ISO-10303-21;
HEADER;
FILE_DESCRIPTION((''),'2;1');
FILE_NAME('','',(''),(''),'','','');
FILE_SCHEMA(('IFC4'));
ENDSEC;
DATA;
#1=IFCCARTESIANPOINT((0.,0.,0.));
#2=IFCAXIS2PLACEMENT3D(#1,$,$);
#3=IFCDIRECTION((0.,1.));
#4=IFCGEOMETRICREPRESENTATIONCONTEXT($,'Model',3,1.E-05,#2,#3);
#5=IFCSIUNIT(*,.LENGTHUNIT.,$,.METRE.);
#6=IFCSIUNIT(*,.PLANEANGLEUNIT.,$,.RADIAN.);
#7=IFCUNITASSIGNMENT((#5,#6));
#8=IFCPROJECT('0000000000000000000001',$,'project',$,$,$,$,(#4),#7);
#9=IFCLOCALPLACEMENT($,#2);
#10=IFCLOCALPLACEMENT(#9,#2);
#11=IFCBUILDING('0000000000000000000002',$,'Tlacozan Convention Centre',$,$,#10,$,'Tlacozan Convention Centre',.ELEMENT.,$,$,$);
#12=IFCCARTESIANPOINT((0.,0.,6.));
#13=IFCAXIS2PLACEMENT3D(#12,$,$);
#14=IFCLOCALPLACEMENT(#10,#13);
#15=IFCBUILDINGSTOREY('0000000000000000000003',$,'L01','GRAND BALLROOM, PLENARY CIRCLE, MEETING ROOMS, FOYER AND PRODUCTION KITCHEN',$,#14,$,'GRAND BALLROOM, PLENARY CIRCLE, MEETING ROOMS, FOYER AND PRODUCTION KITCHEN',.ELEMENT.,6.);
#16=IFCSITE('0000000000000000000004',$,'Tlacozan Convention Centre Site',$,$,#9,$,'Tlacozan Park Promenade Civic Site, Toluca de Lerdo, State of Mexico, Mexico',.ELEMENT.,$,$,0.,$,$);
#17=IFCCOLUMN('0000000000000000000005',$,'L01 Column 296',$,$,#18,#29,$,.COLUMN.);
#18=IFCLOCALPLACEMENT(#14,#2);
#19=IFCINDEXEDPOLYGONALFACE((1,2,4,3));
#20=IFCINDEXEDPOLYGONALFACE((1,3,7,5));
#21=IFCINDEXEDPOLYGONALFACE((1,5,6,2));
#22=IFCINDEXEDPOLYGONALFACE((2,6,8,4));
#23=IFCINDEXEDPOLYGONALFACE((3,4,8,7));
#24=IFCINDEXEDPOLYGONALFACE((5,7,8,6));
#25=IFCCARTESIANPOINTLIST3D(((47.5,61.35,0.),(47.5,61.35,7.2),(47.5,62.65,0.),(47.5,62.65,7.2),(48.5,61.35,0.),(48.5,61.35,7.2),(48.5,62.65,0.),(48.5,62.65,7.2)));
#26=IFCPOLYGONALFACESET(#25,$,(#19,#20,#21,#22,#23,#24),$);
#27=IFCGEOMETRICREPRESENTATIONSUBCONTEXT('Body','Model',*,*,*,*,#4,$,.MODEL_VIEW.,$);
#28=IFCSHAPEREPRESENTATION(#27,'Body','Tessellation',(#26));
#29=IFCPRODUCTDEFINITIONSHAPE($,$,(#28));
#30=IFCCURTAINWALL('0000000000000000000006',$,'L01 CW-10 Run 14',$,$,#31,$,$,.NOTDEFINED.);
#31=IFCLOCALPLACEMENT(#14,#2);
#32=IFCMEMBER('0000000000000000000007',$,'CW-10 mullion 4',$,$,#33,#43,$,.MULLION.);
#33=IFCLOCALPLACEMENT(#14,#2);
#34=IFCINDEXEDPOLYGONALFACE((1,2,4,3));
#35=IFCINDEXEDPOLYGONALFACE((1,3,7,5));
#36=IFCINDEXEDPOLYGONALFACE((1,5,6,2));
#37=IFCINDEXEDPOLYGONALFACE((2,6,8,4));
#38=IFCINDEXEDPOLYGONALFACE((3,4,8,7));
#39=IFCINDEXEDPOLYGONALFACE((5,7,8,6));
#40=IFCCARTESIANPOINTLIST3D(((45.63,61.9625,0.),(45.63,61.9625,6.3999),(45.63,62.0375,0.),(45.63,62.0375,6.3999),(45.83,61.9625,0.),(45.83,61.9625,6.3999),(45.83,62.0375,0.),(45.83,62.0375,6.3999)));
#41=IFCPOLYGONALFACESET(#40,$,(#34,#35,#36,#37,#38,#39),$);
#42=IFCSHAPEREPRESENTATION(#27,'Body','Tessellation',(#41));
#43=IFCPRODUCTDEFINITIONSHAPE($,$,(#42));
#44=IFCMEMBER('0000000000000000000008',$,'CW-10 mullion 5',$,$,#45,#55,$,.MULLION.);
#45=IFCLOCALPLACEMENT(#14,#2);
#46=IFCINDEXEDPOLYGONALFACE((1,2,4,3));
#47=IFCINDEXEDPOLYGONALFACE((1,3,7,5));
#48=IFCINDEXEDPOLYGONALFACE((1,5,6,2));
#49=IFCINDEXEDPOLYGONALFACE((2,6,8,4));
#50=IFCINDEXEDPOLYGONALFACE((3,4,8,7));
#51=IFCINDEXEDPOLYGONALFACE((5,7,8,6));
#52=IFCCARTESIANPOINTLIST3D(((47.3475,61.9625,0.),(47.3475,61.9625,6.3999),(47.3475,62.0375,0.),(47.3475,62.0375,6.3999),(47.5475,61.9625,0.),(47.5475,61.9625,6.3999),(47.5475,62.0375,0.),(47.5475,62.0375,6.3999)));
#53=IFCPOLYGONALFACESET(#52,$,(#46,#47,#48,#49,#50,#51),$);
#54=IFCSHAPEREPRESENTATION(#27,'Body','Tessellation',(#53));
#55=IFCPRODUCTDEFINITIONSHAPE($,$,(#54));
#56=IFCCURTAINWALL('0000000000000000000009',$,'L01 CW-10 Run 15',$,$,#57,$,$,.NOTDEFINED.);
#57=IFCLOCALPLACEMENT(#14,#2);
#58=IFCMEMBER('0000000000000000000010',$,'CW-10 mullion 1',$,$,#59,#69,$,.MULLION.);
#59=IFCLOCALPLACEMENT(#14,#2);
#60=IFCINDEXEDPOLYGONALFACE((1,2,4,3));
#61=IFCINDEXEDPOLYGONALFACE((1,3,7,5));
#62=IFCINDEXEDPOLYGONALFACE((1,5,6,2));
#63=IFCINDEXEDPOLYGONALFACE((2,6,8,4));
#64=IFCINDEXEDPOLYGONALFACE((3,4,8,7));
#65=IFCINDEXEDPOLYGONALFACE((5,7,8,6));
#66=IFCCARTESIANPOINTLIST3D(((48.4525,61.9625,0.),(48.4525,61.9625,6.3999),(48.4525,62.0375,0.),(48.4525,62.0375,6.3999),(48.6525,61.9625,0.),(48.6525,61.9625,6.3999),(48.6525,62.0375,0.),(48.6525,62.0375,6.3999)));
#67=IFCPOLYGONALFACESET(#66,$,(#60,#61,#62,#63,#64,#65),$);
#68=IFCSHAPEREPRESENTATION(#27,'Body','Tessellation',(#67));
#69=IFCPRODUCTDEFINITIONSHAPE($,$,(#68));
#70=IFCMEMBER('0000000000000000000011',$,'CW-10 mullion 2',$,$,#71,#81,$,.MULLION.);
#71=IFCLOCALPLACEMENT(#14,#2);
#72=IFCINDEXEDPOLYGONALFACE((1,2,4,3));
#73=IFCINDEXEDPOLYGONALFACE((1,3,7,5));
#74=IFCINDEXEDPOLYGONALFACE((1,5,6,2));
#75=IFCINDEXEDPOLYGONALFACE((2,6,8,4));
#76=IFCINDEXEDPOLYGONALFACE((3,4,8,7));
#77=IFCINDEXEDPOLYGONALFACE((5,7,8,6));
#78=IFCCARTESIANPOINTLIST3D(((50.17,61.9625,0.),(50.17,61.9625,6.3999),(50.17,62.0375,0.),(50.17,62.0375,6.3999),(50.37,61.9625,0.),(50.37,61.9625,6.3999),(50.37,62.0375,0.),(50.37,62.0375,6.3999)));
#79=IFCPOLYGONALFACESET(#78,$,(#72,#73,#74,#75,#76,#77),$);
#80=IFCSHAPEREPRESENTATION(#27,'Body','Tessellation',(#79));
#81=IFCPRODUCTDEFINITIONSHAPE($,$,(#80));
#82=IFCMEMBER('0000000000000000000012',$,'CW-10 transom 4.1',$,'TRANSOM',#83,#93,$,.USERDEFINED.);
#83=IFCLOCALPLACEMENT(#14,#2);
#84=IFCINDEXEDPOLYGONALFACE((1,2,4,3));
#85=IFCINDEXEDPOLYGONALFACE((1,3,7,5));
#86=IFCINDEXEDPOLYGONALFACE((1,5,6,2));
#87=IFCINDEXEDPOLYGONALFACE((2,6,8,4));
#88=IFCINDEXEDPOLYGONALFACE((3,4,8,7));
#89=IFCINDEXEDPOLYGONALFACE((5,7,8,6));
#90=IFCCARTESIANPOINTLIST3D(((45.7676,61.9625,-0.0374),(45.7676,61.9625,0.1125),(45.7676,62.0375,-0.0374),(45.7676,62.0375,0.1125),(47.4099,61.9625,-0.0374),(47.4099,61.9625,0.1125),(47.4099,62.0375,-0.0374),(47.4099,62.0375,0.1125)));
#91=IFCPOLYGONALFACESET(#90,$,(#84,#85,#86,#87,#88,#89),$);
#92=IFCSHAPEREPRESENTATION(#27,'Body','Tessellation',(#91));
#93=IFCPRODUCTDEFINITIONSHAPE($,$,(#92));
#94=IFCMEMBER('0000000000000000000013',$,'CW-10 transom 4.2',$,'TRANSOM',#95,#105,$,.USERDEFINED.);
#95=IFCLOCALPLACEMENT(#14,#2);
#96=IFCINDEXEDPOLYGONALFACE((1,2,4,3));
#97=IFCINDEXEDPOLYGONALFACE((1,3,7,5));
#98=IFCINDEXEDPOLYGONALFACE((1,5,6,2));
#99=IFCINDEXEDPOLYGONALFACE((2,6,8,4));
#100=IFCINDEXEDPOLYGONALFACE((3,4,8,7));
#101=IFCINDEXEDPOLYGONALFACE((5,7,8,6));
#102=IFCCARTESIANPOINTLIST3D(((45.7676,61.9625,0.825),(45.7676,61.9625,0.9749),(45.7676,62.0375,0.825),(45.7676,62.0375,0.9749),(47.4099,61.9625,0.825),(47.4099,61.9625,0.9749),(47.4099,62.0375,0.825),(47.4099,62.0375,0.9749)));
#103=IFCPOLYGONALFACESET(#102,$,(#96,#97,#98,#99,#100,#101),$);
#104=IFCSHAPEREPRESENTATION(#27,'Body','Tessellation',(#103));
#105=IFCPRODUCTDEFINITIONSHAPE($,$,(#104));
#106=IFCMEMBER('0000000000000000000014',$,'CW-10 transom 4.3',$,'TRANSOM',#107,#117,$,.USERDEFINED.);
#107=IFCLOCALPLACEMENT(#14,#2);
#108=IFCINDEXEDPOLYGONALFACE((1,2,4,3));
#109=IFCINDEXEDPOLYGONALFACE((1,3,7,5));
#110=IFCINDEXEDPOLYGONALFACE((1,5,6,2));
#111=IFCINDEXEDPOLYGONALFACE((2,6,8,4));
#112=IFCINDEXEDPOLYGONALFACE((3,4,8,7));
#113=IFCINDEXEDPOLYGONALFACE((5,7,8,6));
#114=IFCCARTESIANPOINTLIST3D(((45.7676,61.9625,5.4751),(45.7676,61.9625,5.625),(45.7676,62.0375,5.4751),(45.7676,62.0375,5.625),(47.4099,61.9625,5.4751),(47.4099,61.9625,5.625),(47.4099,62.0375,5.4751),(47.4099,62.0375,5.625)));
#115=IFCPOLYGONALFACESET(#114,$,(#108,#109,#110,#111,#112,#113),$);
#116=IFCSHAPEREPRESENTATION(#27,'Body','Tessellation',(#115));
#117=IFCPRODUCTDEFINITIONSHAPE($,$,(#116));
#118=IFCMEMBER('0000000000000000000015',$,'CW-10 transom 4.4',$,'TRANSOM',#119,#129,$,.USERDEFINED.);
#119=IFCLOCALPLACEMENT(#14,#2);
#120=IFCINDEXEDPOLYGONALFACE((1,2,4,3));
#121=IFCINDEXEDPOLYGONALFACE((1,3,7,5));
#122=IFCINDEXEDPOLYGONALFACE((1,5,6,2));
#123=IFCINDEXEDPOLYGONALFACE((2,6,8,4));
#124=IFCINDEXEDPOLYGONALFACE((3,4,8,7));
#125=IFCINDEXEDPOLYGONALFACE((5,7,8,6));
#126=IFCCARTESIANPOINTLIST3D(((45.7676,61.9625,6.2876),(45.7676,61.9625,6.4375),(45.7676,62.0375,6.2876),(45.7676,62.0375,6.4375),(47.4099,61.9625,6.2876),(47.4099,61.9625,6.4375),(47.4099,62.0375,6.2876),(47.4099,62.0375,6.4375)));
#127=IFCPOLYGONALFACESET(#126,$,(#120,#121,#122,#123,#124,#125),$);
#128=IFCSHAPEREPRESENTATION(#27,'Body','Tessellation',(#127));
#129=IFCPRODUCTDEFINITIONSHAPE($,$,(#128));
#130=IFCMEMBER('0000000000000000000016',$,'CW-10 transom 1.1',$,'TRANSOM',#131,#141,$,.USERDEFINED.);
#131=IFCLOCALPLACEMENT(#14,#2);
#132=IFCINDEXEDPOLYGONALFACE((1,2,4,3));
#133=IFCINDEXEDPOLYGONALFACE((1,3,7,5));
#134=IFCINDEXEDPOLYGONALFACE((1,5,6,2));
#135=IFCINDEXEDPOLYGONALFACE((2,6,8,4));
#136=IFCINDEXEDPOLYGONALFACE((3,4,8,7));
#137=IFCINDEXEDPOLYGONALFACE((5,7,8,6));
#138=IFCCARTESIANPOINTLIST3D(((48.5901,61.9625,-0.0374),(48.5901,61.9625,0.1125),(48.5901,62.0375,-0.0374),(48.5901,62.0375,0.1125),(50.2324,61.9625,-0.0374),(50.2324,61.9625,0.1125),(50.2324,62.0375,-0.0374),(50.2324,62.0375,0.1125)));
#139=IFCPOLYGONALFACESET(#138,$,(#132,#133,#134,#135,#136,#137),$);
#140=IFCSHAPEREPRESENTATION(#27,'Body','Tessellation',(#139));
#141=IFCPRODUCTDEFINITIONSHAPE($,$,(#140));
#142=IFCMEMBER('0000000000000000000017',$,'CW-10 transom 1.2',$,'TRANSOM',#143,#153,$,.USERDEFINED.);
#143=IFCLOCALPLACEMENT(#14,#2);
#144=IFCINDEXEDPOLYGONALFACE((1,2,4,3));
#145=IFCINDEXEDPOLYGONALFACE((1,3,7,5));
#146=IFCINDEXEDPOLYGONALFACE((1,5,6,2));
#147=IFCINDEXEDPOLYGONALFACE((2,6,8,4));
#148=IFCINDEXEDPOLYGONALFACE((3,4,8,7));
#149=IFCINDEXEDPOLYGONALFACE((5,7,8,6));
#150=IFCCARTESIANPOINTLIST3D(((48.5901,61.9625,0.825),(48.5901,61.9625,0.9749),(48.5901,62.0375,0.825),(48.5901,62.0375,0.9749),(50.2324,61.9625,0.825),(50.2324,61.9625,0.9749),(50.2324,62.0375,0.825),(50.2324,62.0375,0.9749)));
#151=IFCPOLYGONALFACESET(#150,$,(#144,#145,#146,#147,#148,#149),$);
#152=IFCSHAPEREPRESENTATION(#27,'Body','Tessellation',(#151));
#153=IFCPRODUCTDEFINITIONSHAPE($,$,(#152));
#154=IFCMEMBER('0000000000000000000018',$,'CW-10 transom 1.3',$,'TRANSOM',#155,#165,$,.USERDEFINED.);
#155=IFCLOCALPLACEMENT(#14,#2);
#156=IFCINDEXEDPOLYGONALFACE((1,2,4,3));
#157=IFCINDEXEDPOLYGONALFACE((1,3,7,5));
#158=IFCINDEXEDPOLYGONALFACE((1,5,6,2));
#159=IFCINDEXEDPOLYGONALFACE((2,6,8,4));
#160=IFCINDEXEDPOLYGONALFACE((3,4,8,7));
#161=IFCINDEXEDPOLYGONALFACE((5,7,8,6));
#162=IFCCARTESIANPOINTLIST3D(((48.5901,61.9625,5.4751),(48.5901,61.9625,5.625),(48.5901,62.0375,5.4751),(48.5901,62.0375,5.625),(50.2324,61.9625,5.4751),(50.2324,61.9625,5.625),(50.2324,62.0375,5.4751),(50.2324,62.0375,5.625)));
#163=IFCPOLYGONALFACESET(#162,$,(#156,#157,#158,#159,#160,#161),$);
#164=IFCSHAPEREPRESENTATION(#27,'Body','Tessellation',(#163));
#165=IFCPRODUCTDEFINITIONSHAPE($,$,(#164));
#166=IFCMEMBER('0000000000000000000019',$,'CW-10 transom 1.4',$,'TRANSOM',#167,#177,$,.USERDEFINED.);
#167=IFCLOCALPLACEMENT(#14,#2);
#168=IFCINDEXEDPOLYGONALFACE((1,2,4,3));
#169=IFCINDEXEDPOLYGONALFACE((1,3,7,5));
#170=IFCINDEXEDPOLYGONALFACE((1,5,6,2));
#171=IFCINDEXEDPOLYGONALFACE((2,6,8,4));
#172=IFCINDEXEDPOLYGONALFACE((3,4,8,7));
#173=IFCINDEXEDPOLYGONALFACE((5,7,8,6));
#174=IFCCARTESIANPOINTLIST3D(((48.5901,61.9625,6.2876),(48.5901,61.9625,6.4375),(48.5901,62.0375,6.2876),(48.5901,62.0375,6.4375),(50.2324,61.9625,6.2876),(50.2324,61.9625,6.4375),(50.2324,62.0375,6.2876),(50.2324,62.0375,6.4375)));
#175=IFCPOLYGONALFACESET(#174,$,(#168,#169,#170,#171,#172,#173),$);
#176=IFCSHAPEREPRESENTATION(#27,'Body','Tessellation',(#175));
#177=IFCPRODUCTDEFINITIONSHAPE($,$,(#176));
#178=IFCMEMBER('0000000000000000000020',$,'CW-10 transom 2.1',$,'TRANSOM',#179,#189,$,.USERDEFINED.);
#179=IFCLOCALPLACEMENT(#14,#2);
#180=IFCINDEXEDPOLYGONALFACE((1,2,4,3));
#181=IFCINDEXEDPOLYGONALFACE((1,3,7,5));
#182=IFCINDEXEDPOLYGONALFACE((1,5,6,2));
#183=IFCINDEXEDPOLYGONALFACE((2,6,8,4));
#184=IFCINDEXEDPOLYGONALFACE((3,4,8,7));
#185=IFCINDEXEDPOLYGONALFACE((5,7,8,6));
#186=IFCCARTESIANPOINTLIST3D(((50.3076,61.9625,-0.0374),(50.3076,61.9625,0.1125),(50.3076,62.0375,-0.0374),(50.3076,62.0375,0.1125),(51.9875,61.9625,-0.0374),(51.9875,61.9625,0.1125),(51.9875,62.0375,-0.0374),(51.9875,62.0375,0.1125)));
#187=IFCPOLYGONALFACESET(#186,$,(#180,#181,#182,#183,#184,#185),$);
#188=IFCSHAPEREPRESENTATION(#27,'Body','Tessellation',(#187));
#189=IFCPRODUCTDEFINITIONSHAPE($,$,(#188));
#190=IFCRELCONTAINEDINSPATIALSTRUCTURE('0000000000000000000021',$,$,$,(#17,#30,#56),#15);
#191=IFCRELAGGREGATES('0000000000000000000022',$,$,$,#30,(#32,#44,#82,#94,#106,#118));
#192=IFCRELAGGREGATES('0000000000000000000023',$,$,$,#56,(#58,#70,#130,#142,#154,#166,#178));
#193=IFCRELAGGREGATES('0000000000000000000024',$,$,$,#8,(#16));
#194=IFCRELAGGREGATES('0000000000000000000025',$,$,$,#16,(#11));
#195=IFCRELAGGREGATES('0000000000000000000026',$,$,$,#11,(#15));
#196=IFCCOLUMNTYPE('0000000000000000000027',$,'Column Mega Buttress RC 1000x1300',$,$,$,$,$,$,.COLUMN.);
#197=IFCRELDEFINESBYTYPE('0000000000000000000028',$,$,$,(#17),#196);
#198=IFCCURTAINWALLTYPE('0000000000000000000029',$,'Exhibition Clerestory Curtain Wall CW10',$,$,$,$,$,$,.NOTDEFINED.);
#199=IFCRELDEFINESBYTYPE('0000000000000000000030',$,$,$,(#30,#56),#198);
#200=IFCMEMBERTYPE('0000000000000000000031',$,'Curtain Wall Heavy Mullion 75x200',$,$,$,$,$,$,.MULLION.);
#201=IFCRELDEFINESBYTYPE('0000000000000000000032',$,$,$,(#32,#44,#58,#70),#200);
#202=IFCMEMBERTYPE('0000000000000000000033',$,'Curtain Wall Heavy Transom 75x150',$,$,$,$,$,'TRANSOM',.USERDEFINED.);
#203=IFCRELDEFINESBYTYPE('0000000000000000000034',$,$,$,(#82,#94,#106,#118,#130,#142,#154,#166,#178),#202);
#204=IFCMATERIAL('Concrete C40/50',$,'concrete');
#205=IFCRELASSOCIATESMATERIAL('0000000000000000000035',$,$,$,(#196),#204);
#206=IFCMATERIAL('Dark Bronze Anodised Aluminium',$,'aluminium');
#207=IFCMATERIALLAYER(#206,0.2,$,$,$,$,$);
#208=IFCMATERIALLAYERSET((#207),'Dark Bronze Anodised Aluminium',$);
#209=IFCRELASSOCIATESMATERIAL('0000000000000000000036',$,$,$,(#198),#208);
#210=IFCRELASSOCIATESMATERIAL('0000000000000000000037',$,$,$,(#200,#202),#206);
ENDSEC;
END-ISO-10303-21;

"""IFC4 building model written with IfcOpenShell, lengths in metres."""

from ifc_helpers import new_model, si_unit, direction, frame, origin, origin_2d, place, context, subcontext, project, spatial, rectangle, extrude, material, layer, layer_set, material_profile, profile_set, type_object, element, aggregate, save


model = new_model("IFC4")

# Units and contexts
model_context = context("Model", 3, precision=1e-05, world=origin(), true_north=direction((0.0, 1.0)))
body_context = subcontext(model_context, "Body", "Model", "MODEL_VIEW")
ifc_project = project(units=[si_unit("LENGTHUNIT", "METRE"), si_unit("PLANEANGLEUNIT", "RADIAN")], contexts=[model_context])

# Site, building, storey
site_placement = place(None, origin())
site = spatial("IfcSite", under=ifc_project, at=site_placement, Name="Tlacozan Convention Centre Site", LongName="Tlacozan Park Promenade Civic Site, Toluca de Lerdo, State of Mexico, Mexico", CompositionType="ELEMENT", RefElevation=0.0)
building_placement = place(site_placement, origin())
building = spatial("IfcBuilding", under=site, at=building_placement, Name="Tlacozan Convention Centre", LongName="Tlacozan Convention Centre", CompositionType="ELEMENT")
storey_placement = place(building_placement, frame((0.0, 0.0, 6.0)))
storey = spatial("IfcBuildingStorey", under=building, at=storey_placement, Name="L01", Description="GRAND BALLROOM, PLENARY CIRCLE, MEETING ROOMS, FOYER AND PRODUCTION KITCHEN", LongName="GRAND BALLROOM, PLENARY CIRCLE, MEETING ROOMS, FOYER AND PRODUCTION KITCHEN", CompositionType="ELEMENT", Elevation=6.0)

# Column
ifc_material_1 = material(Name="Concrete C40/50", Category="concrete")
ifc_material_profile_1 = material_profile(ifc_material_1, rectangle(XDim=1.0, YDim=1.3, at=origin_2d()), Name="RC 1000x1300")
ifc_profile_set_1 = profile_set([ifc_material_profile_1], Name="Concrete C40/50")
column_type = type_object("IfcColumnType", Name="Column Mega Buttress RC 1000x1300", PredefinedType="COLUMN", material=ifc_profile_set_1)
column_placement = place(storey_placement, frame((48.0, 62.0, 0.0), z_axis=(0.0, 0.0, 1.0), x_axis=(1.0, 0.0, 0.0)))
element("IfcColumn", 1, at=column_placement, inside=storey, type_object=column_type, Name="L01 Column 296", PredefinedType="COLUMN", context=body_context, shape_type="SweptSolid", body=[
    extrude(rectangle(XDim=1.0, YDim=1.3, at=origin_2d()), origin(), (0.0, 0.0, 1.0), 7.2),
])

# Curtain walls, members
ifc_material_2 = material(Name="Dark Bronze Anodised Aluminium", Category="aluminium")
ifc_layer_1 = layer(ifc_material_2, 0.2)
ifc_layer_set_1 = layer_set([ifc_layer_1], Name="Dark Bronze Anodised Aluminium")
curtain_wall_type = type_object("IfcCurtainWallType", Name="Exhibition Clerestory Curtain Wall CW10", PredefinedType="NOTDEFINED", material=ifc_layer_set_1)
curtain_wall_1_placement = place(storey_placement, origin())
curtain_wall_1 = element("IfcCurtainWall", 2, at=curtain_wall_1_placement, inside=storey, type_object=curtain_wall_type, Name="L01 CW-10 Run 14", PredefinedType="NOTDEFINED")
ifc_material_profile_2 = material_profile(ifc_material_2, rectangle(XDim=0.075, YDim=0.2, at=origin_2d()), Name="ALU 75x200")
ifc_profile_set_2 = profile_set([ifc_material_profile_2], Name="Dark Bronze Anodised Aluminium")
member_type_1 = type_object("IfcMemberType", Name="Curtain Wall Heavy Mullion 75x200", PredefinedType="MULLION", material=ifc_profile_set_2)
member_1_placement = place(storey_placement, frame((45.73, 62.0, 0.0), z_axis=(0.0, 0.0, 1.0), x_axis=(0.0, 1.0, 0.0)))
member_1 = element("IfcMember", 3, at=member_1_placement, type_object=member_type_1, Name="CW-10 mullion 4", PredefinedType="MULLION", context=body_context, shape_type="SweptSolid", body=[
    extrude(rectangle(XDim=0.075, YDim=0.2, at=origin_2d()), origin(), (0.0, 0.0, 1.0), 6.3999),
])
member_2_placement = place(storey_placement, frame((47.4475, 62.0, 0.0), z_axis=(0.0, 0.0, 1.0), x_axis=(0.0, 1.0, 0.0)))
member_2 = element("IfcMember", 4, at=member_2_placement, type_object=member_type_1, Name="CW-10 mullion 5", PredefinedType="MULLION", context=body_context, shape_type="SweptSolid", body=[
    extrude(rectangle(XDim=0.075, YDim=0.2, at=origin_2d()), origin(), (0.0, 0.0, 1.0), 6.3999),
])
curtain_wall_2_placement = place(storey_placement, origin())
curtain_wall_2 = element("IfcCurtainWall", 5, at=curtain_wall_2_placement, inside=storey, type_object=curtain_wall_type, Name="L01 CW-10 Run 15", PredefinedType="NOTDEFINED")
member_3_placement = place(storey_placement, frame((48.5525, 62.0, 0.0), z_axis=(0.0, 0.0, 1.0), x_axis=(0.0, 1.0, 0.0)))
member_3 = element("IfcMember", 6, at=member_3_placement, type_object=member_type_1, Name="CW-10 mullion 1", PredefinedType="MULLION", context=body_context, shape_type="SweptSolid", body=[
    extrude(rectangle(XDim=0.075, YDim=0.2, at=origin_2d()), origin(), (0.0, 0.0, 1.0), 6.3999),
])
member_4_placement = place(storey_placement, frame((50.27, 62.0, 0.0), z_axis=(0.0, 0.0, 1.0), x_axis=(0.0, 1.0, 0.0)))
member_4 = element("IfcMember", 7, at=member_4_placement, type_object=member_type_1, Name="CW-10 mullion 2", PredefinedType="MULLION", context=body_context, shape_type="SweptSolid", body=[
    extrude(rectangle(XDim=0.075, YDim=0.2, at=origin_2d()), origin(), (0.0, 0.0, 1.0), 6.3999),
])

# Members
ifc_material_profile_3 = material_profile(ifc_material_2, rectangle(XDim=0.075, YDim=0.1499, at=origin_2d()), Name="ALU 75x150")
ifc_profile_set_3 = profile_set([ifc_material_profile_3], Name="Dark Bronze Anodised Aluminium")
member_type_2 = type_object("IfcMemberType", Name="Curtain Wall Heavy Transom 75x150", ElementType="TRANSOM", PredefinedType="USERDEFINED", material=ifc_profile_set_3)
member_5_placement = place(storey_placement, frame((45.7676, 62.0, 0.0376), z_axis=(1.0, 0.0, 0.0), x_axis=(0.0, 1.0, 0.0)))
member_5 = element("IfcMember", 8, at=member_5_placement, type_object=member_type_2, Name="CW-10 transom 4.1", ObjectType="TRANSOM", PredefinedType="USERDEFINED", context=body_context, shape_type="SweptSolid", body=[
    extrude(rectangle(XDim=0.075, YDim=0.1499, at=origin_2d()), origin(), (0.0, 0.0, 1.0), 1.6423),
])
member_6_placement = place(storey_placement, frame((45.7676, 62.0, 0.8999), z_axis=(1.0, 0.0, 0.0), x_axis=(0.0, 1.0, 0.0)))
member_6 = element("IfcMember", 9, at=member_6_placement, type_object=member_type_2, Name="CW-10 transom 4.2", ObjectType="TRANSOM", PredefinedType="USERDEFINED", context=body_context, shape_type="SweptSolid", body=[
    extrude(rectangle(XDim=0.075, YDim=0.1499, at=origin_2d()), origin(), (0.0, 0.0, 1.0), 1.6423),
])
member_7_placement = place(storey_placement, frame((45.7676, 62.0, 5.55), z_axis=(1.0, 0.0, 0.0), x_axis=(0.0, 1.0, 0.0)))
member_7 = element("IfcMember", 10, at=member_7_placement, type_object=member_type_2, Name="CW-10 transom 4.3", ObjectType="TRANSOM", PredefinedType="USERDEFINED", context=body_context, shape_type="SweptSolid", body=[
    extrude(rectangle(XDim=0.075, YDim=0.1499, at=origin_2d()), origin(), (0.0, 0.0, 1.0), 1.6423),
])
member_8_placement = place(storey_placement, frame((45.7676, 62.0, 6.3625), z_axis=(1.0, 0.0, 0.0), x_axis=(0.0, 1.0, 0.0)))
member_8 = element("IfcMember", 11, at=member_8_placement, type_object=member_type_2, Name="CW-10 transom 4.4", ObjectType="TRANSOM", PredefinedType="USERDEFINED", context=body_context, shape_type="SweptSolid", body=[
    extrude(rectangle(XDim=0.075, YDim=0.1499, at=origin_2d()), origin(), (0.0, 0.0, 1.0), 1.6423),
])
member_9_placement = place(storey_placement, frame((48.5901, 62.0, 0.0376), z_axis=(1.0, 0.0, 0.0), x_axis=(0.0, 1.0, 0.0)))
member_9 = element("IfcMember", 12, at=member_9_placement, type_object=member_type_2, Name="CW-10 transom 1.1", ObjectType="TRANSOM", PredefinedType="USERDEFINED", context=body_context, shape_type="SweptSolid", body=[
    extrude(rectangle(XDim=0.075, YDim=0.1499, at=origin_2d()), origin(), (0.0, 0.0, 1.0), 1.6423),
])
member_10_placement = place(storey_placement, frame((48.5901, 62.0, 0.8999), z_axis=(1.0, 0.0, 0.0), x_axis=(0.0, 1.0, 0.0)))
member_10 = element("IfcMember", 13, at=member_10_placement, type_object=member_type_2, Name="CW-10 transom 1.2", ObjectType="TRANSOM", PredefinedType="USERDEFINED", context=body_context, shape_type="SweptSolid", body=[
    extrude(rectangle(XDim=0.075, YDim=0.1499, at=origin_2d()), origin(), (0.0, 0.0, 1.0), 1.6423),
])
member_11_placement = place(storey_placement, frame((48.5901, 62.0, 5.55), z_axis=(1.0, 0.0, 0.0), x_axis=(0.0, 1.0, 0.0)))
member_11 = element("IfcMember", 14, at=member_11_placement, type_object=member_type_2, Name="CW-10 transom 1.3", ObjectType="TRANSOM", PredefinedType="USERDEFINED", context=body_context, shape_type="SweptSolid", body=[
    extrude(rectangle(XDim=0.075, YDim=0.1499, at=origin_2d()), origin(), (0.0, 0.0, 1.0), 1.6423),
])
member_12_placement = place(storey_placement, frame((48.5901, 62.0, 6.3625), z_axis=(1.0, 0.0, 0.0), x_axis=(0.0, 1.0, 0.0)))
member_12 = element("IfcMember", 15, at=member_12_placement, type_object=member_type_2, Name="CW-10 transom 1.4", ObjectType="TRANSOM", PredefinedType="USERDEFINED", context=body_context, shape_type="SweptSolid", body=[
    extrude(rectangle(XDim=0.075, YDim=0.1499, at=origin_2d()), origin(), (0.0, 0.0, 1.0), 1.6423),
])
member_13_placement = place(storey_placement, frame((50.3076, 62.0, 0.0376), z_axis=(1.0, 0.0, 0.0), x_axis=(0.0, 1.0, 0.0)))
member_13 = element("IfcMember", 16, at=member_13_placement, type_object=member_type_2, Name="CW-10 transom 2.1", ObjectType="TRANSOM", PredefinedType="USERDEFINED", context=body_context, shape_type="SweptSolid", body=[
    extrude(rectangle(XDim=0.075, YDim=0.1499, at=origin_2d()), origin(), (0.0, 0.0, 1.0), 1.6799),
])

aggregate(curtain_wall_1, [member_1, member_2, member_5, member_6, member_7, member_8])
aggregate(curtain_wall_2, [member_3, member_4, member_9, member_10, member_11, member_12, member_13])

save(model, "model.ifc")
